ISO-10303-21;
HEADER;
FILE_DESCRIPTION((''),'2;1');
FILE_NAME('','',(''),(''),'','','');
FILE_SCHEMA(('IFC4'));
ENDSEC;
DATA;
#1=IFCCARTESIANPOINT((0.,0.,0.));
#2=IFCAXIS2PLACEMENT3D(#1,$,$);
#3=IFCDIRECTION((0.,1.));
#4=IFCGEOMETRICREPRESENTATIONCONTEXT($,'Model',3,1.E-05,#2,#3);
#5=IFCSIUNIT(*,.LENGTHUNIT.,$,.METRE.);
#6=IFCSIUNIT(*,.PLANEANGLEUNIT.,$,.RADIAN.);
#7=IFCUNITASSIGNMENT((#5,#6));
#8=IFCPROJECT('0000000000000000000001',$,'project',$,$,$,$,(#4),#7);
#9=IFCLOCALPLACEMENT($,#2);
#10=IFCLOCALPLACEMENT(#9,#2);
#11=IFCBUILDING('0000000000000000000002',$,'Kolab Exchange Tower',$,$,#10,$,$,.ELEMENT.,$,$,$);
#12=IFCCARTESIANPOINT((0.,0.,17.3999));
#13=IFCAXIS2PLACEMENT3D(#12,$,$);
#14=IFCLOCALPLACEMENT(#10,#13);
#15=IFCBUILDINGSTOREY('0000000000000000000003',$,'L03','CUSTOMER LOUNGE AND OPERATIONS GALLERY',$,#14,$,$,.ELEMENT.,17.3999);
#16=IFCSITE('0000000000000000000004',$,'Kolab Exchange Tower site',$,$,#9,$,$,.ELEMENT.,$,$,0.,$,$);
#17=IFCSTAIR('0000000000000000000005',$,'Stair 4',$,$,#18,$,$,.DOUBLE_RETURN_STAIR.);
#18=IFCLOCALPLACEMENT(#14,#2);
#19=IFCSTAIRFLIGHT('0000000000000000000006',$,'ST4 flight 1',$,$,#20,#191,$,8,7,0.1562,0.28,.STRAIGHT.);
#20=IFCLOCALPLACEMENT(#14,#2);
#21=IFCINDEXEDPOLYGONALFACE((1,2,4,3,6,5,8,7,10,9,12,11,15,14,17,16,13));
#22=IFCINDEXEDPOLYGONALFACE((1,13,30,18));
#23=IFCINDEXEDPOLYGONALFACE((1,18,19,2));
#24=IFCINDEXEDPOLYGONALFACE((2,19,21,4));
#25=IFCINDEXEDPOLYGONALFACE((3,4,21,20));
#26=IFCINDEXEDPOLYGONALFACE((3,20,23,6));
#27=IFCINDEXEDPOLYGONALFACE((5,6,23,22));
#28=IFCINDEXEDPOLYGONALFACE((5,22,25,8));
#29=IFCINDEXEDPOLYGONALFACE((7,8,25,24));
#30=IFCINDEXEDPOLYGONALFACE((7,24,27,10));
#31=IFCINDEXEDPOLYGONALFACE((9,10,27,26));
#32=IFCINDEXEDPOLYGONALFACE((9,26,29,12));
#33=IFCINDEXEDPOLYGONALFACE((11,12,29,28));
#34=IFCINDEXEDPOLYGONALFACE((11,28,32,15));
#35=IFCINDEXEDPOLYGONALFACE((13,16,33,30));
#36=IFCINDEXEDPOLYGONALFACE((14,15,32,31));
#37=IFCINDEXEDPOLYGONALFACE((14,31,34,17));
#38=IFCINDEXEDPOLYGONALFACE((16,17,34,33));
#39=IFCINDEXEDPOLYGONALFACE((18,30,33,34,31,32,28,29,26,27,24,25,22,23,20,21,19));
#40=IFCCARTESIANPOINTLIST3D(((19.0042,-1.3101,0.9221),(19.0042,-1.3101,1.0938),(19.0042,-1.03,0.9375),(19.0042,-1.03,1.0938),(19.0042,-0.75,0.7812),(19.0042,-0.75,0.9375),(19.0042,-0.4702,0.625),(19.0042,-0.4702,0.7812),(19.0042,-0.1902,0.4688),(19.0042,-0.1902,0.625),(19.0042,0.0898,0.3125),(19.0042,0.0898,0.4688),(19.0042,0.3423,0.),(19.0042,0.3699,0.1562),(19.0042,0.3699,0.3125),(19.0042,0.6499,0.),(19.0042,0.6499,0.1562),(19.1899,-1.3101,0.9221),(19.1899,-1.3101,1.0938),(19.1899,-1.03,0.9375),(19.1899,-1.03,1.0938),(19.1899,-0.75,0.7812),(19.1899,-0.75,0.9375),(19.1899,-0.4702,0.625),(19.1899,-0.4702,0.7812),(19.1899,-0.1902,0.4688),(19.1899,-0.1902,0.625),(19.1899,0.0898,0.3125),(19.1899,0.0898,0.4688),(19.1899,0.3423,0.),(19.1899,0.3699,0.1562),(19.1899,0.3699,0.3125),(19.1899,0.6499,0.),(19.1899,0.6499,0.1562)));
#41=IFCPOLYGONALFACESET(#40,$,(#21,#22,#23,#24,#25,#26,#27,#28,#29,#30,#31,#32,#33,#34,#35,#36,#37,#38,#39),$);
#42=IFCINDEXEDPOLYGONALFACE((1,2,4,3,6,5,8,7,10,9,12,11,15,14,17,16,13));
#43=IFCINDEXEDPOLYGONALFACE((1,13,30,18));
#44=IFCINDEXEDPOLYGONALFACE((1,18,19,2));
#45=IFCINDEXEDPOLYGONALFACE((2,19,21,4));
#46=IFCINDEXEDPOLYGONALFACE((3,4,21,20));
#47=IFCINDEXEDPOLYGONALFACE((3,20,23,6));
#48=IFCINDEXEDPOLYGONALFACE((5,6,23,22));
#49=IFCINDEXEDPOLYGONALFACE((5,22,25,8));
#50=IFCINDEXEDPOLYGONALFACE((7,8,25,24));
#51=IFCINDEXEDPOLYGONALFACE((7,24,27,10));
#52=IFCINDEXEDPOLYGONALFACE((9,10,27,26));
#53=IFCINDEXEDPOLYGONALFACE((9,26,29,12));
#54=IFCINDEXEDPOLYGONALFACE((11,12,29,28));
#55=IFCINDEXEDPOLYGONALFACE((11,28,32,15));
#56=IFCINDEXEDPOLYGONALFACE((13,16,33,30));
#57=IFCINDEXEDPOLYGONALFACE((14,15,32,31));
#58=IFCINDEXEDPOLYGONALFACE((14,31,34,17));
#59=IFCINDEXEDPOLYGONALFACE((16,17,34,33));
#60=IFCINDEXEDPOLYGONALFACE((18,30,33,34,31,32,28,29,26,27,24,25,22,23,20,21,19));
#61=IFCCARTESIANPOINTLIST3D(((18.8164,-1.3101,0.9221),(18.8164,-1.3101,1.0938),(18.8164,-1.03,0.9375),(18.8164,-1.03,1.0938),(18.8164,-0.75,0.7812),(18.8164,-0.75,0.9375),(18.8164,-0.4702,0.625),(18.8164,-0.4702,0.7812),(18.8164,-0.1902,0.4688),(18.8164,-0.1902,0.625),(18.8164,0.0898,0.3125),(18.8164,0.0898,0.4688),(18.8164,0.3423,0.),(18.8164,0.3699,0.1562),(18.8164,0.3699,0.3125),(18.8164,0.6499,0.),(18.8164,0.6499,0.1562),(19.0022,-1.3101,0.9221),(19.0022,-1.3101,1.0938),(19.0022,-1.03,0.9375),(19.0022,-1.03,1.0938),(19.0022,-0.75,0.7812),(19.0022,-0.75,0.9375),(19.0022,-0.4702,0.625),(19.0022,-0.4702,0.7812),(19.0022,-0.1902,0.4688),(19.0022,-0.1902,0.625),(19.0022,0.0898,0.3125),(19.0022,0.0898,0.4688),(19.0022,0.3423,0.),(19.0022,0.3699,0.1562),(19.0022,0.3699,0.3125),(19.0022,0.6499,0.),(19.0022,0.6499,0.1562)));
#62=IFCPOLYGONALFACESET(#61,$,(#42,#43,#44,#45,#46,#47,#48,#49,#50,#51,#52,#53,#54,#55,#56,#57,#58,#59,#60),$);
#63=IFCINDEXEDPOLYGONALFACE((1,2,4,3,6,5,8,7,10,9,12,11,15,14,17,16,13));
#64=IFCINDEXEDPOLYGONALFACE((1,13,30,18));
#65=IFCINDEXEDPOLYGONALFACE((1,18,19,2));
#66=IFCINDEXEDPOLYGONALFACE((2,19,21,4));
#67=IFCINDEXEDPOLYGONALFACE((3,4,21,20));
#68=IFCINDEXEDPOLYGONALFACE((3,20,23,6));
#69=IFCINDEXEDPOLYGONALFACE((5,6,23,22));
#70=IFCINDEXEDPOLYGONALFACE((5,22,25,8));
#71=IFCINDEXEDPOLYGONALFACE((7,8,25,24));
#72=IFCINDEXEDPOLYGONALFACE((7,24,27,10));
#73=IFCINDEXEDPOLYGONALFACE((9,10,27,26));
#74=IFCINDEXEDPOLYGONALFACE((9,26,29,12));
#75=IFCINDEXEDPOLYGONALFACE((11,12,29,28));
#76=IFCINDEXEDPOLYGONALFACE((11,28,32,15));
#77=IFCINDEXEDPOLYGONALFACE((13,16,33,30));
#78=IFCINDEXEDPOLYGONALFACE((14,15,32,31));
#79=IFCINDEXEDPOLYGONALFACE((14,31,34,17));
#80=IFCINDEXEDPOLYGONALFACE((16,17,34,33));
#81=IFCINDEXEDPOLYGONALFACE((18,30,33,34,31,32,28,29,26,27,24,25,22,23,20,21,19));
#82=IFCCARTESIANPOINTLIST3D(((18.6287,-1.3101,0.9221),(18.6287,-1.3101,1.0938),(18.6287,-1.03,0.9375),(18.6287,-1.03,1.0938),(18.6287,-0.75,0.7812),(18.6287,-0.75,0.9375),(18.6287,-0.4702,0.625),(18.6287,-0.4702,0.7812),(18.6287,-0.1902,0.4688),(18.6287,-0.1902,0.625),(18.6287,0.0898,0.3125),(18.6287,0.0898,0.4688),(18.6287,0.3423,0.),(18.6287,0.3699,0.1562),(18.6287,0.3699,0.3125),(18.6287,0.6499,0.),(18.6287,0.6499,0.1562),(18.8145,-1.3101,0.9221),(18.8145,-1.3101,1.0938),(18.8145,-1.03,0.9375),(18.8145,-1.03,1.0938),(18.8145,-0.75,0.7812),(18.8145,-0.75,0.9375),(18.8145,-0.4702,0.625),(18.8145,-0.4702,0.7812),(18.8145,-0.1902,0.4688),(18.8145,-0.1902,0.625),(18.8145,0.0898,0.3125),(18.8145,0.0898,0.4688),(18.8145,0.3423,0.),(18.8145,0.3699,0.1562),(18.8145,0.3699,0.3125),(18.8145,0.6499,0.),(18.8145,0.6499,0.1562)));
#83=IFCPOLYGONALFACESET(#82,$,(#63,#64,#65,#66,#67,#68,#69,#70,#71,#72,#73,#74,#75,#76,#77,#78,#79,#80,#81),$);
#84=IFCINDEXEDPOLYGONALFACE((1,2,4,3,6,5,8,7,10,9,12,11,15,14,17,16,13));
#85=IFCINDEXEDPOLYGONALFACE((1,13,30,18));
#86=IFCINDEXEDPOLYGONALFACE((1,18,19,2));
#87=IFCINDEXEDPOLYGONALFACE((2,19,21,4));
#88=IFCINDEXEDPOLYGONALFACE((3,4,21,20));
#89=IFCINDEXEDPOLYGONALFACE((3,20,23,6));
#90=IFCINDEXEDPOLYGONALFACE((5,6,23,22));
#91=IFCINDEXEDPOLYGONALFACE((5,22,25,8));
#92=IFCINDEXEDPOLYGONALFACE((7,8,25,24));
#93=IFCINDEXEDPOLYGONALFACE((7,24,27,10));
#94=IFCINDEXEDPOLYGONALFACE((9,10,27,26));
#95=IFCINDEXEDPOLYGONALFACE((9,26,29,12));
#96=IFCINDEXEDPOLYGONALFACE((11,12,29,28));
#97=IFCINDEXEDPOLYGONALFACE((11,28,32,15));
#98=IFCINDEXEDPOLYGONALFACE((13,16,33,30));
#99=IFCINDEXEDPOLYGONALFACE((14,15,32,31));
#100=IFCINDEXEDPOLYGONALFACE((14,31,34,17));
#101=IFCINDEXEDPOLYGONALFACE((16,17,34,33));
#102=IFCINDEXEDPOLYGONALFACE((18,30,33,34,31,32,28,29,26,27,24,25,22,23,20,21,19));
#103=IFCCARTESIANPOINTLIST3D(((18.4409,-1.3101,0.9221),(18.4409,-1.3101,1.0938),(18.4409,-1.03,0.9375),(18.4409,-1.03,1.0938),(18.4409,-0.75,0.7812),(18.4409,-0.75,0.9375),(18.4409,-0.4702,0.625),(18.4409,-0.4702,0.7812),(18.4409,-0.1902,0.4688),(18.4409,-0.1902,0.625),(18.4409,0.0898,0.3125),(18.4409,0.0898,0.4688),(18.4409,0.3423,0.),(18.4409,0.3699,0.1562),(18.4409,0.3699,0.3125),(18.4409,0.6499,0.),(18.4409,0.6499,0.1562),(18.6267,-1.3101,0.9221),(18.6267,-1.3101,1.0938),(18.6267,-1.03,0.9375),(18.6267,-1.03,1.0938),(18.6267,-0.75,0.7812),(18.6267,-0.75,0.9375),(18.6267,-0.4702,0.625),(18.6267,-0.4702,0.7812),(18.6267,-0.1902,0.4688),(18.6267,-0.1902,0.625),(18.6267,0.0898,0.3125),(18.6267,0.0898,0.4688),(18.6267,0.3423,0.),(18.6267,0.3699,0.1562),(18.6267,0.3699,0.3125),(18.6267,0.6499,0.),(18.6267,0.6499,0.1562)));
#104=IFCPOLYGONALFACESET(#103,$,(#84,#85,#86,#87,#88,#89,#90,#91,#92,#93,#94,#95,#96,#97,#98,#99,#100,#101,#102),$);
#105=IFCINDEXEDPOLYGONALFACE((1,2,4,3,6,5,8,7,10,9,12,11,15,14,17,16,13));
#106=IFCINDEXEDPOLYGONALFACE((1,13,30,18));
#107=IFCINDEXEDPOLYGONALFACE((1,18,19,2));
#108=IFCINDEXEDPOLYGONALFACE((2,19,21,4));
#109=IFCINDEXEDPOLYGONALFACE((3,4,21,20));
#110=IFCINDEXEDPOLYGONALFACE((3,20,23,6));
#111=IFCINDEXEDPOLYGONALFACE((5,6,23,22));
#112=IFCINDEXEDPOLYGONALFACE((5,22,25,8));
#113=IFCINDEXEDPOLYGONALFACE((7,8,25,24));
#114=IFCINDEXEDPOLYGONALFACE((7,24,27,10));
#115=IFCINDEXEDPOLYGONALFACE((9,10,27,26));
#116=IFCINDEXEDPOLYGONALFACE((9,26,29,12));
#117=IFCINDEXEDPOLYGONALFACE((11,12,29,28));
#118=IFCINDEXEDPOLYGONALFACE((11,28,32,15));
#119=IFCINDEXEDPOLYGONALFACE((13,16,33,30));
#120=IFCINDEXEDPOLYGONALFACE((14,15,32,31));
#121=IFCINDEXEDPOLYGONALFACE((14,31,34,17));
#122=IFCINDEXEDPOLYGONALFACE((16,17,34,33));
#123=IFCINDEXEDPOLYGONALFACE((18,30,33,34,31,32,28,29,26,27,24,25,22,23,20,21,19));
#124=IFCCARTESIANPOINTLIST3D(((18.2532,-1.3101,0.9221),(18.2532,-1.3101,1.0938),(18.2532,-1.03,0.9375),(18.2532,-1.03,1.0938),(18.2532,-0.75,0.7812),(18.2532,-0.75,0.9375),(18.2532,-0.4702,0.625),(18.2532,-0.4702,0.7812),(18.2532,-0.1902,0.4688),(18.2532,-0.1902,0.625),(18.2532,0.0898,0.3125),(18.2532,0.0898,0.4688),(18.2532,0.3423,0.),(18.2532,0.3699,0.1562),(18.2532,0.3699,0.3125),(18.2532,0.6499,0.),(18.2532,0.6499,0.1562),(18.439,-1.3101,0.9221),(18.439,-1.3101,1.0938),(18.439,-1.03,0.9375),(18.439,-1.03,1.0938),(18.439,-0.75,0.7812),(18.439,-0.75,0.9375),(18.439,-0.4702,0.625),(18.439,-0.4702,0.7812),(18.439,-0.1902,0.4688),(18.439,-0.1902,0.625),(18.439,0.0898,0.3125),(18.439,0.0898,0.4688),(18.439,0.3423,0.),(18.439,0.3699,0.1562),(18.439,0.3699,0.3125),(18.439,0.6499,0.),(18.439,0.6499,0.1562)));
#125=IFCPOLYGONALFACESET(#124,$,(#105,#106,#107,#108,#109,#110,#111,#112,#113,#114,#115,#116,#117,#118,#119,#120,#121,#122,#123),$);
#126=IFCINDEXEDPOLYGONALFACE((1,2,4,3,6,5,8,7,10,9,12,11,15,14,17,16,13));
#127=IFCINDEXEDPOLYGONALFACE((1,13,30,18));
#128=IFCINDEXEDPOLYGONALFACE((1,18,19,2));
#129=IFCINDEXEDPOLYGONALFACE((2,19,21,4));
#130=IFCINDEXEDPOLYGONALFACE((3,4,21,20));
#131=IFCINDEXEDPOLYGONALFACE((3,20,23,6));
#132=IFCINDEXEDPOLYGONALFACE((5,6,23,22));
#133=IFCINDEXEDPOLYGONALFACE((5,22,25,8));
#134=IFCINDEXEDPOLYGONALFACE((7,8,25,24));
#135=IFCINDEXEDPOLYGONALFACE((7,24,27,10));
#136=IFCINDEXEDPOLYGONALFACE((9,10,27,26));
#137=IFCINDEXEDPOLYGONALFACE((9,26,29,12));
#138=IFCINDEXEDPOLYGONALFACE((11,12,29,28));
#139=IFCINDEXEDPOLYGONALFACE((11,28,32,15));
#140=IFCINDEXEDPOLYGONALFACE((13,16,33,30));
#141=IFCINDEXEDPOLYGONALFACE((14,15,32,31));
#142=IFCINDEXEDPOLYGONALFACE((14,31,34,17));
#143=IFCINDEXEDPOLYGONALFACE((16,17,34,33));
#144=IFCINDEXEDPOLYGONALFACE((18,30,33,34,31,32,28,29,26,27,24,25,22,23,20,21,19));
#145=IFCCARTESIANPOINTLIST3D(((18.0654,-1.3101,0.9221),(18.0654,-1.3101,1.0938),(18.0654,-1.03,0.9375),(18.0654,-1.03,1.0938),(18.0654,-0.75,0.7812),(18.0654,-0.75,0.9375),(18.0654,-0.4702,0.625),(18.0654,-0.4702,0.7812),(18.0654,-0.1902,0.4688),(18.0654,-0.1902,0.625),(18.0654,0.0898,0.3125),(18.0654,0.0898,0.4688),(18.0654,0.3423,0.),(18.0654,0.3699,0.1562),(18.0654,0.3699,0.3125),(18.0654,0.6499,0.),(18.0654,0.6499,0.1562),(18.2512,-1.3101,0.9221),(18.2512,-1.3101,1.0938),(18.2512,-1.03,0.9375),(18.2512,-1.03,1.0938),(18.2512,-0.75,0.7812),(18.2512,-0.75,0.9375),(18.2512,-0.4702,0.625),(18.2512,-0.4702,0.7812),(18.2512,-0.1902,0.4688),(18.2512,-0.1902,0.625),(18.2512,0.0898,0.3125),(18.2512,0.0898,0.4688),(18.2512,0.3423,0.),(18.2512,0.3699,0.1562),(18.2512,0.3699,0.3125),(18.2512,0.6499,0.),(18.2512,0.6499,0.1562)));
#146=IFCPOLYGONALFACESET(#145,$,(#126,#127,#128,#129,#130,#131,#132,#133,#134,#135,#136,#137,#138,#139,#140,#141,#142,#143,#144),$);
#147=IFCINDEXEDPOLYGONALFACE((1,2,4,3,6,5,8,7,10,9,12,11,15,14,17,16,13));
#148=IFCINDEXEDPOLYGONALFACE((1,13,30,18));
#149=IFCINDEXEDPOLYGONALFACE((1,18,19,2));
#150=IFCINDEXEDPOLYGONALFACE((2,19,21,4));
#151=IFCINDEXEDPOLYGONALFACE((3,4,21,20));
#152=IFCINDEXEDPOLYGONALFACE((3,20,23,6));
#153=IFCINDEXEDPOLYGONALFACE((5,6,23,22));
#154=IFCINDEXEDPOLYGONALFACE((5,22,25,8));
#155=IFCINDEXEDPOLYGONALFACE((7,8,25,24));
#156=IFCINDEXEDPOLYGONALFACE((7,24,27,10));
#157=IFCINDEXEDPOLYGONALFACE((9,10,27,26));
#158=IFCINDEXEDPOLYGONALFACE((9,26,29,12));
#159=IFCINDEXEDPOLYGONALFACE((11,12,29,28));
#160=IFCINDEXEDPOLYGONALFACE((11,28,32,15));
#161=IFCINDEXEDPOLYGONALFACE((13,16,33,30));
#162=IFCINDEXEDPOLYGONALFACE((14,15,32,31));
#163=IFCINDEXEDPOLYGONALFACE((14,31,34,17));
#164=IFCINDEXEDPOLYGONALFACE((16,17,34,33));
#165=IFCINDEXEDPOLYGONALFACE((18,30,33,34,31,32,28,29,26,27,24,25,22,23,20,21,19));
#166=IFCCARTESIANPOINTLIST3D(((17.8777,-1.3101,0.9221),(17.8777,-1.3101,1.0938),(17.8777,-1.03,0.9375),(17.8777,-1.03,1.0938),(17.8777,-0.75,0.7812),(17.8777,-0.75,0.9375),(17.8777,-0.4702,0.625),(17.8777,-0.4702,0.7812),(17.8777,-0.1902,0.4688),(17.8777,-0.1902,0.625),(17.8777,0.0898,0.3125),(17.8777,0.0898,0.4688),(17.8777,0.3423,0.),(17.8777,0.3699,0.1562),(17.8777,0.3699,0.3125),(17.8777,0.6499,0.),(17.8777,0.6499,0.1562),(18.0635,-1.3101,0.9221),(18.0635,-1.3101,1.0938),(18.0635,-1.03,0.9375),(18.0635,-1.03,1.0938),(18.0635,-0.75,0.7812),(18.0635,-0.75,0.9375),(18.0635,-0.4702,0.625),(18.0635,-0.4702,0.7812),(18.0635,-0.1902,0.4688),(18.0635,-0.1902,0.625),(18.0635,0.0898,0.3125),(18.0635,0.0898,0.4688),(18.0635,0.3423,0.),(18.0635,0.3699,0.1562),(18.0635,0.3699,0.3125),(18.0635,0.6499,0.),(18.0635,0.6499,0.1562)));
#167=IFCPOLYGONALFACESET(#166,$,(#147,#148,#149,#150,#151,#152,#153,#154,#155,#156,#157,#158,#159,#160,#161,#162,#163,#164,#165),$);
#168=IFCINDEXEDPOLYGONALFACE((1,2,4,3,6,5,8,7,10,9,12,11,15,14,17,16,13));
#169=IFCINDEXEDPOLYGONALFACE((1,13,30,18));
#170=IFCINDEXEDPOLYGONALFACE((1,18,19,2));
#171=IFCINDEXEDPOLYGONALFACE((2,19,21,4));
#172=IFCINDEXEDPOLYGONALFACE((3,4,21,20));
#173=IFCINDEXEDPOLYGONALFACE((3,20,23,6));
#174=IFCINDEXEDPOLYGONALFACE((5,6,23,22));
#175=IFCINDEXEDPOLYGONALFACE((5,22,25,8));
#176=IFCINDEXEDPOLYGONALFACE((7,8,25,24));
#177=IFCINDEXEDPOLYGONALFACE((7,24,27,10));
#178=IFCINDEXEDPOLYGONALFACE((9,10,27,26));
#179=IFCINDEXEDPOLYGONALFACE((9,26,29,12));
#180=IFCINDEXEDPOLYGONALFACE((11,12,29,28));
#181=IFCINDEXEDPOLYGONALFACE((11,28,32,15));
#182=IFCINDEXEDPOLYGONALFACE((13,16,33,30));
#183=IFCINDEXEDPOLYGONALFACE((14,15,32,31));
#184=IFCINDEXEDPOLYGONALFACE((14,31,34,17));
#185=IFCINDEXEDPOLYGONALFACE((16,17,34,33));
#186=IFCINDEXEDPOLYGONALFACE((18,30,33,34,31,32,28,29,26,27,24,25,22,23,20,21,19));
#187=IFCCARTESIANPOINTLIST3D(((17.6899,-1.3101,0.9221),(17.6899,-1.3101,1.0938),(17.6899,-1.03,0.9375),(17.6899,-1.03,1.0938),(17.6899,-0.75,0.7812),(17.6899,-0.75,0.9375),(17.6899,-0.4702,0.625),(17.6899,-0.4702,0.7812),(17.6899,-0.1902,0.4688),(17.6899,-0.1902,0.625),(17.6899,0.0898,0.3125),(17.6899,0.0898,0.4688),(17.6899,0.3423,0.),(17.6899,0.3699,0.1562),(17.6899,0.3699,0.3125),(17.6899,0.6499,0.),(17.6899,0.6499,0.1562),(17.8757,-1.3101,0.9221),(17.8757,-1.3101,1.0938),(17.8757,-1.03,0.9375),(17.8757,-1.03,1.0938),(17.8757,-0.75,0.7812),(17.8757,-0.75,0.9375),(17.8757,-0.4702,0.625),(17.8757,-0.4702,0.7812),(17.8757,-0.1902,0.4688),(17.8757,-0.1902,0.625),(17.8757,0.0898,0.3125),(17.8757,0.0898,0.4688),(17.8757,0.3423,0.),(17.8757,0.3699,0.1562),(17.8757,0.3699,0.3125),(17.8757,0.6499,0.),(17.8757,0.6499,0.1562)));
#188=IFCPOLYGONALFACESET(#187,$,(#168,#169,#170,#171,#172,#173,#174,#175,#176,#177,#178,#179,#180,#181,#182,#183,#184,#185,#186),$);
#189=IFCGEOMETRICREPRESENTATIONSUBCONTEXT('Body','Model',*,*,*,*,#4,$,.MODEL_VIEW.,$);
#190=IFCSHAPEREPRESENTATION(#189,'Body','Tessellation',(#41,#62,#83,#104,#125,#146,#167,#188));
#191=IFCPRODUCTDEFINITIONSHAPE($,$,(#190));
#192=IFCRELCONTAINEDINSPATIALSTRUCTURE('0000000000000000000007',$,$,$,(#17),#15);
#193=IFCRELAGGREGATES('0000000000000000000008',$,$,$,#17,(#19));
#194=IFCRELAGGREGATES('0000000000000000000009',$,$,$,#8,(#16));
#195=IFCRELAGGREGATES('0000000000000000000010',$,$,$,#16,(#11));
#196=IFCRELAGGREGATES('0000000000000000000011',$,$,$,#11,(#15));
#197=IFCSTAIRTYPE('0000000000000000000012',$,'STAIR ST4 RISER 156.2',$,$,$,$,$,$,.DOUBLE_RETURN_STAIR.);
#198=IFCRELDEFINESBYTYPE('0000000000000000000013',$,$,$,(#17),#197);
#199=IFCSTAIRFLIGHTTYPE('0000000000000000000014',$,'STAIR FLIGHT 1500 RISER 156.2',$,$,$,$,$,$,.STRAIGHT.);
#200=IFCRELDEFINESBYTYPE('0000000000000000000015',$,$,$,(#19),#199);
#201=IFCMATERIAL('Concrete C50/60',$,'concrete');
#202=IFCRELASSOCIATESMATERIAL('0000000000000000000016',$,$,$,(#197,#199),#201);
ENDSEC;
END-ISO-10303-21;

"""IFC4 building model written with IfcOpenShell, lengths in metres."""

from ifc_helpers import new_model, si_unit, direction, frame, origin, place, context, subcontext, project, spatial, polyline, outline, extrude, material, type_object, element, aggregate, save


model = new_model("IFC4")

# Units and contexts
model_context = context("Model", 3, precision=1e-05, world=origin(), true_north=direction((0.0, 1.0)))
body_context = subcontext(model_context, "Body", "Model", "MODEL_VIEW")
ifc_project = project(units=[si_unit("LENGTHUNIT", "METRE"), si_unit("PLANEANGLEUNIT", "RADIAN")], contexts=[model_context])

# Site, building, storey
site_placement = place(None, origin())
site = spatial("IfcSite", under=ifc_project, at=site_placement, Name="Kolab Exchange Tower site", CompositionType="ELEMENT", RefElevation=0.0)
building_placement = place(site_placement, origin())
building = spatial("IfcBuilding", under=site, at=building_placement, Name="Kolab Exchange Tower", CompositionType="ELEMENT")
storey_placement = place(building_placement, frame((0.0, 0.0, 17.3999)))
storey = spatial("IfcBuildingStorey", under=building, at=storey_placement, Name="L03", Description="CUSTOMER LOUNGE AND OPERATIONS GALLERY", CompositionType="ELEMENT", Elevation=17.3999)

# Shared definitions
ifc_material_1 = material(Name="Concrete C50/60", Category="concrete")

# Stair, stair flight
stair_type = type_object("IfcStairType", Name="STAIR ST4 RISER 156.2", PredefinedType="DOUBLE_RETURN_STAIR", material=ifc_material_1)
stair_placement = place(storey_placement, origin())
stair = element("IfcStair", 1, at=stair_placement, inside=storey, type_object=stair_type, Name="Stair 4", PredefinedType="DOUBLE_RETURN_STAIR")
stair_flight_type = type_object("IfcStairFlightType", Name="STAIR FLIGHT 1500 RISER 156.2", PredefinedType="STRAIGHT", material=ifc_material_1)
stair_flight_1_placement = place(storey_placement, frame((18.4399, 0.6499, 0.0), z_axis=(0.0, 0.0, 1.0), x_axis=(0.0, -1.0, 0.0)))
stair_flight_1 = element("IfcStairFlight", 2, at=stair_flight_1_placement, type_object=stair_flight_type, Name="ST4 flight 1", NumberOfRisers=8, NumberOfTreads=7, PredefinedType="STRAIGHT", RiserHeight=0.1562, TreadLength=0.28, context=body_context, shape_type="SweptSolid", body=[
    extrude(outline(polyline([(0.0, 0.0), (0.0, 0.1562), (0.28, 0.1562), (0.28, 0.3125), (0.5601, 0.3125), (0.5601, 0.4688), (0.8401, 0.4688), (0.8401, 0.625), (1.1201, 0.625), (1.1201, 0.7812), (1.3999, 0.7812), (1.3999, 0.9375), (1.6799, 0.9375), (1.6799, 1.0938), (1.96, 1.0938), (1.96, 1.25), (1.96, 0.9221), (0.3076, 0.0), (0.0, 0.0)])), frame((0.0, 0.75, 0.0), z_axis=(0.0, -1.0, 0.0), x_axis=(1.0, 0.0, 0.0)), (0.0, 0.0, 1.0), 0.1858),
    extrude(outline(polyline([(0.0, 0.0), (0.0, 0.1562), (0.28, 0.1562), (0.28, 0.3125), (0.5601, 0.3125), (0.5601, 0.4688), (0.8401, 0.4688), (0.8401, 0.625), (1.1201, 0.625), (1.1201, 0.7812), (1.3999, 0.7812), (1.3999, 0.9375), (1.6799, 0.9375), (1.6799, 1.0938), (1.96, 1.0938), (1.96, 1.25), (1.96, 0.9221), (0.3076, 0.0), (0.0, 0.0)])), frame((0.0, 0.5623, 0.0), z_axis=(0.0, -1.0, 0.0), x_axis=(1.0, 0.0, 0.0)), (0.0, 0.0, 1.0), 0.1858),
    extrude(outline(polyline([(0.0, 0.0), (0.0, 0.1562), (0.28, 0.1562), (0.28, 0.3125), (0.5601, 0.3125), (0.5601, 0.4688), (0.8401, 0.4688), (0.8401, 0.625), (1.1201, 0.625), (1.1201, 0.7812), (1.3999, 0.7812), (1.3999, 0.9375), (1.6799, 0.9375), (1.6799, 1.0938), (1.96, 1.0938), (1.96, 1.25), (1.96, 0.9221), (0.3076, 0.0), (0.0, 0.0)])), frame((0.0, 0.3745, 0.0), z_axis=(0.0, -1.0, 0.0), x_axis=(1.0, 0.0, 0.0)), (0.0, 0.0, 1.0), 0.1858),
    extrude(outline(polyline([(0.0, 0.0), (0.0, 0.1562), (0.28, 0.1562), (0.28, 0.3125), (0.5601, 0.3125), (0.5601, 0.4688), (0.8401, 0.4688), (0.8401, 0.625), (1.1201, 0.625), (1.1201, 0.7812), (1.3999, 0.7812), (1.3999, 0.9375), (1.6799, 0.9375), (1.6799, 1.0938), (1.96, 1.0938), (1.96, 1.25), (1.96, 0.9221), (0.3076, 0.0), (0.0, 0.0)])), frame((0.0, 0.1868, 0.0), z_axis=(0.0, -1.0, 0.0), x_axis=(1.0, 0.0, 0.0)), (0.0, 0.0, 1.0), 0.1858),
    extrude(outline(polyline([(0.0, 0.0), (0.0, 0.1562), (0.28, 0.1562), (0.28, 0.3125), (0.5601, 0.3125), (0.5601, 0.4688), (0.8401, 0.4688), (0.8401, 0.625), (1.1201, 0.625), (1.1201, 0.7812), (1.3999, 0.7812), (1.3999, 0.9375), (1.6799, 0.9375), (1.6799, 1.0938), (1.96, 1.0938), (1.96, 1.25), (1.96, 0.9221), (0.3076, 0.0), (0.0, 0.0)])), frame((0.0, -0.001, 0.0), z_axis=(0.0, -1.0, 0.0), x_axis=(1.0, 0.0, 0.0)), (0.0, 0.0, 1.0), 0.1858),
    extrude(outline(polyline([(0.0, 0.0), (0.0, 0.1562), (0.28, 0.1562), (0.28, 0.3125), (0.5601, 0.3125), (0.5601, 0.4688), (0.8401, 0.4688), (0.8401, 0.625), (1.1201, 0.625), (1.1201, 0.7812), (1.3999, 0.7812), (1.3999, 0.9375), (1.6799, 0.9375), (1.6799, 1.0938), (1.96, 1.0938), (1.96, 1.25), (1.96, 0.9221), (0.3076, 0.0), (0.0, 0.0)])), frame((0.0, -0.1887, 0.0), z_axis=(0.0, -1.0, 0.0), x_axis=(1.0, 0.0, 0.0)), (0.0, 0.0, 1.0), 0.1858),
    extrude(outline(polyline([(0.0, 0.0), (0.0, 0.1562), (0.28, 0.1562), (0.28, 0.3125), (0.5601, 0.3125), (0.5601, 0.4688), (0.8401, 0.4688), (0.8401, 0.625), (1.1201, 0.625), (1.1201, 0.7812), (1.3999, 0.7812), (1.3999, 0.9375), (1.6799, 0.9375), (1.6799, 1.0938), (1.96, 1.0938), (1.96, 1.25), (1.96, 0.9221), (0.3076, 0.0), (0.0, 0.0)])), frame((0.0, -0.3765, 0.0), z_axis=(0.0, -1.0, 0.0), x_axis=(1.0, 0.0, 0.0)), (0.0, 0.0, 1.0), 0.1858),
    extrude(outline(polyline([(0.0, 0.0), (0.0, 0.1562), (0.28, 0.1562), (0.28, 0.3125), (0.5601, 0.3125), (0.5601, 0.4688), (0.8401, 0.4688), (0.8401, 0.625), (1.1201, 0.625), (1.1201, 0.7812), (1.3999, 0.7812), (1.3999, 0.9375), (1.6799, 0.9375), (1.6799, 1.0938), (1.96, 1.0938), (1.96, 1.25), (1.96, 0.9221), (0.3076, 0.0), (0.0, 0.0)])), frame((0.0, -0.5642, 0.0), z_axis=(0.0, -1.0, 0.0), x_axis=(1.0, 0.0, 0.0)), (0.0, 0.0, 1.0), 0.1858),
])
aggregate(stair, [stair_flight_1])

save(model, "model.ifc")
